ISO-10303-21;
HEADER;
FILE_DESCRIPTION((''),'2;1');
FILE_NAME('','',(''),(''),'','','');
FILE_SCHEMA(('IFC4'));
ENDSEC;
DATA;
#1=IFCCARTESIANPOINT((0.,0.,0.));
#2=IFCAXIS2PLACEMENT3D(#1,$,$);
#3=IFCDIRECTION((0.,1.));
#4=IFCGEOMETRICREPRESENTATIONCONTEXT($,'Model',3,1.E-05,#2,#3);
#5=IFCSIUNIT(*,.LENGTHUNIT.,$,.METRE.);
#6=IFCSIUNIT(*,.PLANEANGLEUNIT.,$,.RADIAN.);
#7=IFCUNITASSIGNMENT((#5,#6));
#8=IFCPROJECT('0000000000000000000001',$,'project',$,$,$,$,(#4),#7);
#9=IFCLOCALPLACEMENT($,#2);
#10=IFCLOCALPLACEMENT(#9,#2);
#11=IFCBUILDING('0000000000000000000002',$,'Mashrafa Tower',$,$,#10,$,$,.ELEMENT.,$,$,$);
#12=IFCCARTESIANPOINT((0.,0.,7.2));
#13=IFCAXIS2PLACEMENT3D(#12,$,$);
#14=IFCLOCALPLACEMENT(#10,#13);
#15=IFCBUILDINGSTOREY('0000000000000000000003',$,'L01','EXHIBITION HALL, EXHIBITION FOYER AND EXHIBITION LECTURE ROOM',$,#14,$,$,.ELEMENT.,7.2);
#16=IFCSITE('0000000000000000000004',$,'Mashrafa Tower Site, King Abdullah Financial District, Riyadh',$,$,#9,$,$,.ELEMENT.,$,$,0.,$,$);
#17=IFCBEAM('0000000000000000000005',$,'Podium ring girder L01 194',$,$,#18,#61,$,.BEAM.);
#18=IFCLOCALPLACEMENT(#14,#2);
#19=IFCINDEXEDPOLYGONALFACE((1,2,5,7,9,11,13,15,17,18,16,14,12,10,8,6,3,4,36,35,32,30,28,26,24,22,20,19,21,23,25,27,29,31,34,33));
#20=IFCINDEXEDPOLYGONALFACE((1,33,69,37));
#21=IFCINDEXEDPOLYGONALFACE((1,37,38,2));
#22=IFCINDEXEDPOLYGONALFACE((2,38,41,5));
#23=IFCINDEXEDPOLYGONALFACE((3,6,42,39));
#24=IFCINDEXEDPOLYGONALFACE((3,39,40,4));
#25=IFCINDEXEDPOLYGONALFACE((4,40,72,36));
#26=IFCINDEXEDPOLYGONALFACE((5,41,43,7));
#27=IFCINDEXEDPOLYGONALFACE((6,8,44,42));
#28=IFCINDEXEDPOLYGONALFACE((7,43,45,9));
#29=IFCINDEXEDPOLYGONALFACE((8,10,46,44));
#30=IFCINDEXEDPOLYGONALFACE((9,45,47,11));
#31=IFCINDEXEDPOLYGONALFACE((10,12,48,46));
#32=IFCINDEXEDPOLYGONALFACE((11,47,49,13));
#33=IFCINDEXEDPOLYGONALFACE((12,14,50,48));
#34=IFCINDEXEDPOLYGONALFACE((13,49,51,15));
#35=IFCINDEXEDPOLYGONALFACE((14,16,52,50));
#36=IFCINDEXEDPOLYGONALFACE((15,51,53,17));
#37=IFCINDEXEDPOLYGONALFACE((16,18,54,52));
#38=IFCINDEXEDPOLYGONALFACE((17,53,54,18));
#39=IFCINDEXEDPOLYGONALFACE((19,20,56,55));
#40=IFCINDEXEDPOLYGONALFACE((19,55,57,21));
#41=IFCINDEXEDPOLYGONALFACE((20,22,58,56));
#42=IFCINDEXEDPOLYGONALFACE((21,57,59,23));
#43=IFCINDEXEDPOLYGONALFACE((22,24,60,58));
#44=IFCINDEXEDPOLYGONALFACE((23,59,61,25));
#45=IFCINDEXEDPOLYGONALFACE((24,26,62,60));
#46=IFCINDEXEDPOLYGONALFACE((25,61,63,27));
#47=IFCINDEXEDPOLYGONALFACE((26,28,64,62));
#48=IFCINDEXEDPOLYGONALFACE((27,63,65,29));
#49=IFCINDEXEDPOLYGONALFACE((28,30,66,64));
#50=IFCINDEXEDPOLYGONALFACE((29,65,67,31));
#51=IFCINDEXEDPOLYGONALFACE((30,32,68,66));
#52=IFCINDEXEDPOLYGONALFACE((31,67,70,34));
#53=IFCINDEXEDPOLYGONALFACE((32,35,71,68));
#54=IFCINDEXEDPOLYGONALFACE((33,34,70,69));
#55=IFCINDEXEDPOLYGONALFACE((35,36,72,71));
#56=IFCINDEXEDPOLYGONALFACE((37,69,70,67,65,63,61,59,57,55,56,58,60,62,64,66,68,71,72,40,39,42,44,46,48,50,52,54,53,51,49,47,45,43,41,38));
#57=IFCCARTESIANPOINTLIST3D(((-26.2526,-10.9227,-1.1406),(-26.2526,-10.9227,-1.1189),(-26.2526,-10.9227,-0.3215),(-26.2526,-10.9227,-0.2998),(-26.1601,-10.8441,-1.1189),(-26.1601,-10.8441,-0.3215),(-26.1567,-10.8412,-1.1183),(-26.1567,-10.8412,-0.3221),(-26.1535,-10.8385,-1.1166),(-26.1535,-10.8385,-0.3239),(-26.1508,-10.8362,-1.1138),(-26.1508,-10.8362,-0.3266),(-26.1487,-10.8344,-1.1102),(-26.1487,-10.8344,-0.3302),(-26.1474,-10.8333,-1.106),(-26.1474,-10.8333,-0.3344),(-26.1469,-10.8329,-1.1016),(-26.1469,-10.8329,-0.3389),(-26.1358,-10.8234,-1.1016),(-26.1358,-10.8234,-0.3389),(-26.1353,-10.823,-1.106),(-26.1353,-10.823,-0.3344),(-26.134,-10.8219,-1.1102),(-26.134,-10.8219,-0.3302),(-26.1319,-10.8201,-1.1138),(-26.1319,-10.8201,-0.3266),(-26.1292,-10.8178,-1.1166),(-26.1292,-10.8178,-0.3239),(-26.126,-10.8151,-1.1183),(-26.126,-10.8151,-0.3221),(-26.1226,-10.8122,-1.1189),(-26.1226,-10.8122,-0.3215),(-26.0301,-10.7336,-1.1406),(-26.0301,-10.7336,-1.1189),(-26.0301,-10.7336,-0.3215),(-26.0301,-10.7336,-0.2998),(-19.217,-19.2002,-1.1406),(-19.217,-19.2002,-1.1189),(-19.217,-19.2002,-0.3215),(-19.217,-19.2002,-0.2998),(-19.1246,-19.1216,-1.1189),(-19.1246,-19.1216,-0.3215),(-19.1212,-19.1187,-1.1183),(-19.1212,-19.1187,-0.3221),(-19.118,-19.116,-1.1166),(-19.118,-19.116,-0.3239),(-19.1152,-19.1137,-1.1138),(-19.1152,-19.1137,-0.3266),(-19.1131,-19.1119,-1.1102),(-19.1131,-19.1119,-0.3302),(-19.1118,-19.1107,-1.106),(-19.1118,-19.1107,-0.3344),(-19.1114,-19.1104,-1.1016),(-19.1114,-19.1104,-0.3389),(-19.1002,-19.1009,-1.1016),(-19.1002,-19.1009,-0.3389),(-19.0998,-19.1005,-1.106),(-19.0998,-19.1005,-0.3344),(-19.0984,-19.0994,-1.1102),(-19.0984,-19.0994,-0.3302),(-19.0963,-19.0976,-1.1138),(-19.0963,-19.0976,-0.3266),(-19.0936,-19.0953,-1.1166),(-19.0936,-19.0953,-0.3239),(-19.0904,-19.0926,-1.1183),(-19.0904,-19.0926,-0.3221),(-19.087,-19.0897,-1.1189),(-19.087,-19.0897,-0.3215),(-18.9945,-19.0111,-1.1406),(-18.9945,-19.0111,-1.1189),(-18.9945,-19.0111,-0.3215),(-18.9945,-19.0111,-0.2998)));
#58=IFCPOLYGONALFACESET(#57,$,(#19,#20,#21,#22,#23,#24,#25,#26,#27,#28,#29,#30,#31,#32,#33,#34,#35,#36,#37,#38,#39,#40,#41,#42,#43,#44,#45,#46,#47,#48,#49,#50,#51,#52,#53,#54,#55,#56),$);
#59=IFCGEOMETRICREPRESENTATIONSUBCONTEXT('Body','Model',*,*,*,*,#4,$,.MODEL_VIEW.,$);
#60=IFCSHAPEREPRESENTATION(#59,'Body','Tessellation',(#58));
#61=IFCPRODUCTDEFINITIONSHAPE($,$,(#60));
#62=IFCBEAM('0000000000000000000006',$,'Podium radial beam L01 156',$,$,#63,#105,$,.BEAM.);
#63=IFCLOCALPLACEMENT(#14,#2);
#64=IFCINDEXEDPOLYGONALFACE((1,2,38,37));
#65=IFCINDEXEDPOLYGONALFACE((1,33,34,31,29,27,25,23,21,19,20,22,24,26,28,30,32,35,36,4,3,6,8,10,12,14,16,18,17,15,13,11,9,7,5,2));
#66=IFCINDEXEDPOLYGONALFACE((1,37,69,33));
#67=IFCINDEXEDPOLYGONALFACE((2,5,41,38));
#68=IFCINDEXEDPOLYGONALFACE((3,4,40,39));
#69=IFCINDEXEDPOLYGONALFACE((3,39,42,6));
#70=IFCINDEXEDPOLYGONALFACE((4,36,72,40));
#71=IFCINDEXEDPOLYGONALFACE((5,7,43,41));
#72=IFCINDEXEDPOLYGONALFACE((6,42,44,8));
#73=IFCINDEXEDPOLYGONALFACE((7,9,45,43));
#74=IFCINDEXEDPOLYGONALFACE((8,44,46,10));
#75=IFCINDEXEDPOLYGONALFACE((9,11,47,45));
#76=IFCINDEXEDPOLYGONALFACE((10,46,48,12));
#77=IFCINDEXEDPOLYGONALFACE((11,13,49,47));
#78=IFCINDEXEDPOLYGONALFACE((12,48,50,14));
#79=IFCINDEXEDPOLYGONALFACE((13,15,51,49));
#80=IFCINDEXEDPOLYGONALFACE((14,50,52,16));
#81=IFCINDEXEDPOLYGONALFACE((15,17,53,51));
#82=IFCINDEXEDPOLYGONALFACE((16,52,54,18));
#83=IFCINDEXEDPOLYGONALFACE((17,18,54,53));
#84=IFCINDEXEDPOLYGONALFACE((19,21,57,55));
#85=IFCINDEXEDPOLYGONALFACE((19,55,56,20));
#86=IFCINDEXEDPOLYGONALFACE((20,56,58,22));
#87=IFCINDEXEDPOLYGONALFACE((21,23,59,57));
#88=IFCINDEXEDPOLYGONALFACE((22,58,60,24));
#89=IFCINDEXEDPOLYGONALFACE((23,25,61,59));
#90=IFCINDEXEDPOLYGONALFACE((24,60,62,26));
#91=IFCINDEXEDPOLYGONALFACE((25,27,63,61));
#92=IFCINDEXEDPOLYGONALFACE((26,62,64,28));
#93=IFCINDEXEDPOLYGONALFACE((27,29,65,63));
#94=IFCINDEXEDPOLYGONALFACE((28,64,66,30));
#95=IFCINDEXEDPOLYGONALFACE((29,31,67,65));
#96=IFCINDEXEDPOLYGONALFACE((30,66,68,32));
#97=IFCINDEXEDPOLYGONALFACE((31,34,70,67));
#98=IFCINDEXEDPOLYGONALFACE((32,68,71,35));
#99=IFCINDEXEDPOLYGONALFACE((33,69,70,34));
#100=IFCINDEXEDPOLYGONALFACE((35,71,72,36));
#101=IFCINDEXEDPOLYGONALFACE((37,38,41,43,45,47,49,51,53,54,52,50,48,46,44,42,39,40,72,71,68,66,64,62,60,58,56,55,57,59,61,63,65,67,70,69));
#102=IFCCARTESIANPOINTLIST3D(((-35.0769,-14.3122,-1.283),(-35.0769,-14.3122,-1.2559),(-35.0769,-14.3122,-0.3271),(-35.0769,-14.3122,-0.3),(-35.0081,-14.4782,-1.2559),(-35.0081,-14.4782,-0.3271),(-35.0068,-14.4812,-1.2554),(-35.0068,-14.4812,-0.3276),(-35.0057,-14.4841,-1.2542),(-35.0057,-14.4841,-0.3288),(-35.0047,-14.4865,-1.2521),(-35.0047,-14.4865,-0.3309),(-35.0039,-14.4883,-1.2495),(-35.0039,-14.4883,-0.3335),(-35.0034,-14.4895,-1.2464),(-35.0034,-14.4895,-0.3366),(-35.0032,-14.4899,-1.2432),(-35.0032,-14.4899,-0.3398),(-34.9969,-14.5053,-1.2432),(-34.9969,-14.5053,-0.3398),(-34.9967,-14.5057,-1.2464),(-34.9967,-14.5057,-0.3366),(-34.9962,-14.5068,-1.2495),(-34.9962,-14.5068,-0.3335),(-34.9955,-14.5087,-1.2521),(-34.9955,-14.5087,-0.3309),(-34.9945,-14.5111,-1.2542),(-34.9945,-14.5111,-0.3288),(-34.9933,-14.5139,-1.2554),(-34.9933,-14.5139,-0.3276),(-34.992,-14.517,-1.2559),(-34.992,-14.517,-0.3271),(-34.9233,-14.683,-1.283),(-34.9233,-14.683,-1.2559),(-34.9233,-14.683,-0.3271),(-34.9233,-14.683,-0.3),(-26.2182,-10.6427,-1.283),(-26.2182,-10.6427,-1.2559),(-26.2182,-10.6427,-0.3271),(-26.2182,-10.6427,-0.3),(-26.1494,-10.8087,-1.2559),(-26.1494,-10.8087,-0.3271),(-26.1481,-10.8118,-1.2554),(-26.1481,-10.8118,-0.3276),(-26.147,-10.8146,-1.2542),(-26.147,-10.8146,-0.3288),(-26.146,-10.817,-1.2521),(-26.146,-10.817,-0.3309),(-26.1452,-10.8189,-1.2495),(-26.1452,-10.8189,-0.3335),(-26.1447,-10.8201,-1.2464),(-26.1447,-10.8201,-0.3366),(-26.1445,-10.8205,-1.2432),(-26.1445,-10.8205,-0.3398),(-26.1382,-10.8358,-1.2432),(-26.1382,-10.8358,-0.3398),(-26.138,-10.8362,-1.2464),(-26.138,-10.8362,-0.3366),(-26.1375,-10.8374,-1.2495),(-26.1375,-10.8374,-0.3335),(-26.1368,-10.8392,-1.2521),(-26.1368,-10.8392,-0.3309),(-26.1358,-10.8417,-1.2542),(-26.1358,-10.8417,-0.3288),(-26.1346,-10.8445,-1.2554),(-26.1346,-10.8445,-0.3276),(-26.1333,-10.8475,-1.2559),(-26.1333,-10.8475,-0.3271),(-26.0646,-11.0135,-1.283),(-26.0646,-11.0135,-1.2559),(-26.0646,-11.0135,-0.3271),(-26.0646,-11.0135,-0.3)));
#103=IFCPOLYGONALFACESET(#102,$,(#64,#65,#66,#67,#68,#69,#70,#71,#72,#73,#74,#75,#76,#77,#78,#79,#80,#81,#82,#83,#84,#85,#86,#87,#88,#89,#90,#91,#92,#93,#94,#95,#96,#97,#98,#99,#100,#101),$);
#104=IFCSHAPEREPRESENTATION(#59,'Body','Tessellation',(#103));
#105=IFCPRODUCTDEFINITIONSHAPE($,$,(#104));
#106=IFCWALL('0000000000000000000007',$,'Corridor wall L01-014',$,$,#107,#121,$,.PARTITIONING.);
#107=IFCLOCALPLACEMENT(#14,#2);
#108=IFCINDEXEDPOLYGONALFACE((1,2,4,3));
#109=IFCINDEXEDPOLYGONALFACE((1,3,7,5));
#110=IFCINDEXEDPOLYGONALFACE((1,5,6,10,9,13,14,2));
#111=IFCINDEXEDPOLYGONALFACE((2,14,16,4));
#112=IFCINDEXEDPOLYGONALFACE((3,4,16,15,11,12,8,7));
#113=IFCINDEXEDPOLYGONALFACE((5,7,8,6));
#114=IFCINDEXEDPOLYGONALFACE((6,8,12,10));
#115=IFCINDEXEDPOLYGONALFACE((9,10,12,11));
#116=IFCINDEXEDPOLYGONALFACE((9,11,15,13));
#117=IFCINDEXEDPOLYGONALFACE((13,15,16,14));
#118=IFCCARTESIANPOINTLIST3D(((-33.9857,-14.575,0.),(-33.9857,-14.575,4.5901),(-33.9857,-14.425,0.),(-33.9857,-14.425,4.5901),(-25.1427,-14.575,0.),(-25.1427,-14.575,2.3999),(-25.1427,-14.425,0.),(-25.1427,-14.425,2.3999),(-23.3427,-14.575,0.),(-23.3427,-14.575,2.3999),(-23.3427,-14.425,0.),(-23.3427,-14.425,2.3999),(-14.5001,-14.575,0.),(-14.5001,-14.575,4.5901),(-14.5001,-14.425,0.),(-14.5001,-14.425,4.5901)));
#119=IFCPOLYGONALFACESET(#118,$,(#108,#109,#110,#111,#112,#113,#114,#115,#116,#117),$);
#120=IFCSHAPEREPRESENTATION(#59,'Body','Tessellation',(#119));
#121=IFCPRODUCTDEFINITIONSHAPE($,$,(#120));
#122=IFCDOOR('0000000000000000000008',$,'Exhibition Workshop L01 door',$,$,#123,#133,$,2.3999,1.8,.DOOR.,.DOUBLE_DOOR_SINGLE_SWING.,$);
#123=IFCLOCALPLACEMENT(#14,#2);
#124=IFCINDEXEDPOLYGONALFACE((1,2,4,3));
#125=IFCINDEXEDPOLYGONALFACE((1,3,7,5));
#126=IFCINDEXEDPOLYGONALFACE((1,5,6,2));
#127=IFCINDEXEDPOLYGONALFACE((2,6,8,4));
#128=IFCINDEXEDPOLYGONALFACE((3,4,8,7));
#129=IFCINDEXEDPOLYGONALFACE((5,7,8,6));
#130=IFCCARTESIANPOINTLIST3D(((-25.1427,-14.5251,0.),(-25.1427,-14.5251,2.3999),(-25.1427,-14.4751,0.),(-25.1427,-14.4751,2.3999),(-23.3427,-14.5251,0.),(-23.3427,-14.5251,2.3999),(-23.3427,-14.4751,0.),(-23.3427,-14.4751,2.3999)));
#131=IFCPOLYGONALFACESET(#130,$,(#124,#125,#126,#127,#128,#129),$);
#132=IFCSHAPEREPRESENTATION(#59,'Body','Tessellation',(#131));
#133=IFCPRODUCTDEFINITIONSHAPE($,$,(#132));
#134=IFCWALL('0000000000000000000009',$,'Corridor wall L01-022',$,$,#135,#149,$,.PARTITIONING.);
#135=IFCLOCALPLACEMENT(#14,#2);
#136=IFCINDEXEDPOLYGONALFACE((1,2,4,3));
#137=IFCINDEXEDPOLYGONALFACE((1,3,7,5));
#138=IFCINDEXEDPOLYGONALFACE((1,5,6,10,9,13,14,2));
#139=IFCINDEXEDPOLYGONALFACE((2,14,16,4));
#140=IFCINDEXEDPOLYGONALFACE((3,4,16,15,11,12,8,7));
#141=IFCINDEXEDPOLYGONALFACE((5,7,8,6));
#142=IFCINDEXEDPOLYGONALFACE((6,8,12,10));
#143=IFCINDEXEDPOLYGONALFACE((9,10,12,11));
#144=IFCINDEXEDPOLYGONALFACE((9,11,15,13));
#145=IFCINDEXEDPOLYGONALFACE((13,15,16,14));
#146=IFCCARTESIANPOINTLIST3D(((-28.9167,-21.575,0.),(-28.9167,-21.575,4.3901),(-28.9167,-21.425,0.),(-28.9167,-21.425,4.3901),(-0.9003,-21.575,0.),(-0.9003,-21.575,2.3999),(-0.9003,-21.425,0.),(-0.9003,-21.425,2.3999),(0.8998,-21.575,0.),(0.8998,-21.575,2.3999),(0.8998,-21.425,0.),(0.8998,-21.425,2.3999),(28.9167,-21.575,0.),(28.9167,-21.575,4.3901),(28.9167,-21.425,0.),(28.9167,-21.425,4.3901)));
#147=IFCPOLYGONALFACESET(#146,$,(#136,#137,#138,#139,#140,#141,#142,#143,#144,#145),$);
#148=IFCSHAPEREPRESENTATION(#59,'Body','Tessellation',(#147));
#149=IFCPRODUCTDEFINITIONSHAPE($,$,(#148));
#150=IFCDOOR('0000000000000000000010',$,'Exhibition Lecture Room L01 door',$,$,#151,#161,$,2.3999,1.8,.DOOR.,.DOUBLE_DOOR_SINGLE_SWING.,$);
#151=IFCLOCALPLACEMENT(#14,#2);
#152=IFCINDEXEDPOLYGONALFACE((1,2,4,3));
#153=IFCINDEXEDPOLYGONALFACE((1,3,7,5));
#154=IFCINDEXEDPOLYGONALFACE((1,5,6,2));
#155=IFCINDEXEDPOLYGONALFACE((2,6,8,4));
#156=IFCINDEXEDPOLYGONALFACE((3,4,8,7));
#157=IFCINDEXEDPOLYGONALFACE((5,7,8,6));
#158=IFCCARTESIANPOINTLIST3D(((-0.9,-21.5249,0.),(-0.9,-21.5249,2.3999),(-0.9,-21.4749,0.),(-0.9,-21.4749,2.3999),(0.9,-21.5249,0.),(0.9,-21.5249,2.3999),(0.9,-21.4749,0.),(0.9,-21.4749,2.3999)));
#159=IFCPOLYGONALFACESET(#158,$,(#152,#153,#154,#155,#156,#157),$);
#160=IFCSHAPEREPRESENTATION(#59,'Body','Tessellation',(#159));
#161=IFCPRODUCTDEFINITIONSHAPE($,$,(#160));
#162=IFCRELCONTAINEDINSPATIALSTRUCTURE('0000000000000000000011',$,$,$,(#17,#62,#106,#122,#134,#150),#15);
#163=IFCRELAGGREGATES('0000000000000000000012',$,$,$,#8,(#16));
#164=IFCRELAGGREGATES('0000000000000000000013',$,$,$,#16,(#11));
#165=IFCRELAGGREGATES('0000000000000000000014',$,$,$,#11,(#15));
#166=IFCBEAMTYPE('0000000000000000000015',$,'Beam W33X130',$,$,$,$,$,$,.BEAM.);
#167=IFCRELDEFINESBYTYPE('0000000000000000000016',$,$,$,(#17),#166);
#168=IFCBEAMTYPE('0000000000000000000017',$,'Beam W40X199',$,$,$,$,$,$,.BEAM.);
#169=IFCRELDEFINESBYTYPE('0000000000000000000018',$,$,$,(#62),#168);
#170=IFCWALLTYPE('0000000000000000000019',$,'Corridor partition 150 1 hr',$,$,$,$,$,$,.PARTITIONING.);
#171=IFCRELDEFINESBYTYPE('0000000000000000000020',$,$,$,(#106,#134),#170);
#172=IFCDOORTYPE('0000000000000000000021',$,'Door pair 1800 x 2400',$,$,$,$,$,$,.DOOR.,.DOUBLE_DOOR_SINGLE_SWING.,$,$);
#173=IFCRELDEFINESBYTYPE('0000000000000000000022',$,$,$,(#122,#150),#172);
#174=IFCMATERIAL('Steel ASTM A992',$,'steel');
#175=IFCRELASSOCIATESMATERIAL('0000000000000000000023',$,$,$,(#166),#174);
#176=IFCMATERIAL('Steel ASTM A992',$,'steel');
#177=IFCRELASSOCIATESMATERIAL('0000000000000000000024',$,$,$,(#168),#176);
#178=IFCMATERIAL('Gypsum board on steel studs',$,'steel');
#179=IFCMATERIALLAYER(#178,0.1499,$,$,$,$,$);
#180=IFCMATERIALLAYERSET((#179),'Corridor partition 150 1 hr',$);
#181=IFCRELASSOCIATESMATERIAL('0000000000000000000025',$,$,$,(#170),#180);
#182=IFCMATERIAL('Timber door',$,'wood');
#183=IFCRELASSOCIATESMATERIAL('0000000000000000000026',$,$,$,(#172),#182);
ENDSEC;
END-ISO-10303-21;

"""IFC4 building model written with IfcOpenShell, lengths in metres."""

from ifc_helpers import new_model, si_unit, direction, frame, frame_2d, origin, origin_2d, place, context, subcontext, project, spatial, rectangle, i_section, extrude, material, layer, layer_set, material_profile, profile_set, type_object, element, fill, save


model = new_model("IFC4")

# Units and contexts
model_context = context("Model", 3, precision=1e-05, world=origin(), true_north=direction((0.0, 1.0)))
body_context = subcontext(model_context, "Body", "Model", "MODEL_VIEW")
ifc_project = project(units=[si_unit("LENGTHUNIT", "METRE"), si_unit("PLANEANGLEUNIT", "RADIAN")], contexts=[model_context])

# Site, building, storey
site_placement = place(None, origin())
site = spatial("IfcSite", under=ifc_project, at=site_placement, Name="Mashrafa Tower Site, King Abdullah Financial District, Riyadh", CompositionType="ELEMENT", RefElevation=0.0)
building_placement = place(site_placement, origin())
building = spatial("IfcBuilding", under=site, at=building_placement, Name="Mashrafa Tower", CompositionType="ELEMENT")
storey_placement = place(building_placement, frame((0.0, 0.0, 7.2)))
storey = spatial("IfcBuildingStorey", under=building, at=storey_placement, Name="L01", Description="EXHIBITION HALL, EXHIBITION FOYER AND EXHIBITION LECTURE ROOM", CompositionType="ELEMENT", Elevation=7.2)

# Beams
ifc_material_1 = material(Name="Steel ASTM A992", Category="steel")
ifc_material_profile_1 = material_profile(ifc_material_1, i_section(OverallWidth=0.292, OverallDepth=0.8408, WebThickness=0.0146, FlangeThickness=0.0217, FilletRadius=0.0173, at=origin_2d()), Name="W33X130")
ifc_profile_set_1 = profile_set([ifc_material_profile_1], Name="Steel ASTM A992")
beam_type_1 = type_object("IfcBeamType", Name="Beam W33X130", PredefinedType="BEAM", material=ifc_profile_set_1)
beam_1_placement = place(storey_placement, frame((-26.1414, -10.8281, -0.7202), z_axis=(0.647632, -0.761953, 0.0), x_axis=(0.761953, 0.647632, 0.0)))
element("IfcBeam", 1, at=beam_1_placement, inside=storey, type_object=beam_type_1, Name="Podium ring girder L01 194", PredefinedType="BEAM", context=body_context, shape_type="SweptSolid", body=[
    extrude(i_section(OverallWidth=0.292, OverallDepth=0.8408, WebThickness=0.0146, FlangeThickness=0.0217, FilletRadius=0.0173, at=origin_2d()), origin(), (0.0, 0.0, 1.0), 10.8635),
])
ifc_material_2 = material(Name="Steel ASTM A992", Category="steel")
ifc_material_profile_2 = material_profile(ifc_material_2, i_section(OverallWidth=0.4014, OverallDepth=0.9829, WebThickness=0.0166, FlangeThickness=0.0271, FilletRadius=0.0127, at=origin_2d()), Name="W40X199")
ifc_profile_set_2 = profile_set([ifc_material_profile_2], Name="Steel ASTM A992")
beam_type_2 = type_object("IfcBeamType", Name="Beam W40X199", PredefinedType="BEAM", material=ifc_profile_set_2)
beam_2_placement = place(storey_placement, frame((-26.1414, -10.8281, -0.7915), z_axis=(-0.923877, -0.382689, 0.0), x_axis=(0.382689, -0.923877, 0.0)))
element("IfcBeam", 2, at=beam_2_placement, inside=storey, type_object=beam_type_2, Name="Podium radial beam L01 156", PredefinedType="BEAM", context=body_context, shape_type="SweptSolid", body=[
    extrude(i_section(OverallWidth=0.4014, OverallDepth=0.9829, WebThickness=0.0166, FlangeThickness=0.0271, FilletRadius=0.0127, at=origin_2d()), origin(), (0.0, 0.0, 1.0), 9.5886),
])

# Walls, openings, doors
ifc_material_3 = material(Name="Gypsum board on steel studs", Category="steel")
ifc_layer_1 = layer(ifc_material_3, 0.1499)
ifc_layer_set_1 = layer_set([ifc_layer_1], Name="Corridor partition 150 1 hr")
wall_type_1 = type_object("IfcWallType", Name="Corridor partition 150 1 hr", PredefinedType="PARTITIONING", material=ifc_layer_set_1)
wall_1_placement = place(storey_placement, frame((-33.9856, -14.5, 0.0), z_axis=(0.0, 0.0, 1.0), x_axis=(1.0, 0.0, 0.0)))
wall_1 = element("IfcWall", 3, at=wall_1_placement, inside=storey, type_object=wall_type_1, Name="Corridor wall L01-014", PredefinedType="PARTITIONING", context=body_context, shape_type="SweptSolid", body=[
    extrude(rectangle(XDim=19.4856, YDim=0.1499, at=frame_2d((9.7427, 0.0))), origin(), (0.0, 0.0, 1.0), 4.5901),
])
opening_1_placement = place(wall_1_placement, frame((8.843, 0.0, 0.0)))
opening_1 = element("IfcOpeningElement", 4, at=opening_1_placement, cuts=wall_1, PredefinedType="OPENING", context=body_context, shape_type="SweptSolid", body=[
    extrude(rectangle(XDim=1.8, YDim=2.3999, at=frame_2d((0.8999, 1.2))), frame((0.0, 0.085, 0.0), z_axis=(0.0, -1.0, 0.0), x_axis=(1.0, 0.0, 0.0)), (0.0, 0.0, 1.0), 0.1699),
])
ifc_material_4 = material(Name="Timber door", Category="wood")
door_type = type_object("IfcDoorType", Name="Door pair 1800 x 2400", OperationType="DOUBLE_DOOR_SINGLE_SWING", PredefinedType="DOOR", material=ifc_material_4)
door_1_placement = place(opening_1_placement, origin())
door_1 = element("IfcDoor", 5, at=door_1_placement, inside=storey, type_object=door_type, Name="Exhibition Workshop L01 door", OperationType="DOUBLE_DOOR_SINGLE_SWING", OverallHeight=2.3999, OverallWidth=1.8, PredefinedType="DOOR", context=body_context, shape_type="SweptSolid", body=[
    extrude(rectangle(XDim=1.8, YDim=2.3999, at=frame_2d((0.8999, 1.2))), frame((0.0, 0.0249, 0.0), z_axis=(0.0, -1.0, 0.0), x_axis=(1.0, 0.0, 0.0)), (0.0, 0.0, 1.0), 0.05),
])
fill(opening_1, door_1)
wall_2_placement = place(storey_placement, frame((-28.9167, -21.5, 0.0), z_axis=(0.0, 0.0, 1.0), x_axis=(1.0, 0.0, 0.0)))
wall_2 = element("IfcWall", 6, at=wall_2_placement, inside=storey, type_object=wall_type_1, Name="Corridor wall L01-022", PredefinedType="PARTITIONING", context=body_context, shape_type="SweptSolid", body=[
    extrude(rectangle(XDim=57.8335, YDim=0.1499, at=frame_2d((28.9167, 0.0))), origin(), (0.0, 0.0, 1.0), 4.3901),
])
opening_2_placement = place(wall_2_placement, frame((28.0166, 0.0, 0.0)))
opening_2 = element("IfcOpeningElement", 7, at=opening_2_placement, cuts=wall_2, PredefinedType="OPENING", context=body_context, shape_type="SweptSolid", body=[
    extrude(rectangle(XDim=1.8, YDim=2.3999, at=frame_2d((0.8999, 1.2))), frame((0.0, 0.085, 0.0), z_axis=(0.0, -1.0, 0.0), x_axis=(1.0, 0.0, 0.0)), (0.0, 0.0, 1.0), 0.1699),
])
door_2_placement = place(opening_2_placement, frame((1.8, 0.0, 0.0), z_axis=(0.0, 0.0, 1.0), x_axis=(-1.0, 0.0, 0.0)))
door_2 = element("IfcDoor", 8, at=door_2_placement, inside=storey, type_object=door_type, Name="Exhibition Lecture Room L01 door", OperationType="DOUBLE_DOOR_SINGLE_SWING", OverallHeight=2.3999, OverallWidth=1.8, PredefinedType="DOOR", context=body_context, shape_type="SweptSolid", body=[
    extrude(rectangle(XDim=1.8, YDim=2.3999, at=frame_2d((0.8999, 1.2))), frame((0.0, 0.0249, 0.0), z_axis=(0.0, -1.0, 0.0), x_axis=(1.0, 0.0, 0.0)), (0.0, 0.0, 1.0), 0.05),
])
fill(opening_2, door_2)

save(model, "model.ifc")
